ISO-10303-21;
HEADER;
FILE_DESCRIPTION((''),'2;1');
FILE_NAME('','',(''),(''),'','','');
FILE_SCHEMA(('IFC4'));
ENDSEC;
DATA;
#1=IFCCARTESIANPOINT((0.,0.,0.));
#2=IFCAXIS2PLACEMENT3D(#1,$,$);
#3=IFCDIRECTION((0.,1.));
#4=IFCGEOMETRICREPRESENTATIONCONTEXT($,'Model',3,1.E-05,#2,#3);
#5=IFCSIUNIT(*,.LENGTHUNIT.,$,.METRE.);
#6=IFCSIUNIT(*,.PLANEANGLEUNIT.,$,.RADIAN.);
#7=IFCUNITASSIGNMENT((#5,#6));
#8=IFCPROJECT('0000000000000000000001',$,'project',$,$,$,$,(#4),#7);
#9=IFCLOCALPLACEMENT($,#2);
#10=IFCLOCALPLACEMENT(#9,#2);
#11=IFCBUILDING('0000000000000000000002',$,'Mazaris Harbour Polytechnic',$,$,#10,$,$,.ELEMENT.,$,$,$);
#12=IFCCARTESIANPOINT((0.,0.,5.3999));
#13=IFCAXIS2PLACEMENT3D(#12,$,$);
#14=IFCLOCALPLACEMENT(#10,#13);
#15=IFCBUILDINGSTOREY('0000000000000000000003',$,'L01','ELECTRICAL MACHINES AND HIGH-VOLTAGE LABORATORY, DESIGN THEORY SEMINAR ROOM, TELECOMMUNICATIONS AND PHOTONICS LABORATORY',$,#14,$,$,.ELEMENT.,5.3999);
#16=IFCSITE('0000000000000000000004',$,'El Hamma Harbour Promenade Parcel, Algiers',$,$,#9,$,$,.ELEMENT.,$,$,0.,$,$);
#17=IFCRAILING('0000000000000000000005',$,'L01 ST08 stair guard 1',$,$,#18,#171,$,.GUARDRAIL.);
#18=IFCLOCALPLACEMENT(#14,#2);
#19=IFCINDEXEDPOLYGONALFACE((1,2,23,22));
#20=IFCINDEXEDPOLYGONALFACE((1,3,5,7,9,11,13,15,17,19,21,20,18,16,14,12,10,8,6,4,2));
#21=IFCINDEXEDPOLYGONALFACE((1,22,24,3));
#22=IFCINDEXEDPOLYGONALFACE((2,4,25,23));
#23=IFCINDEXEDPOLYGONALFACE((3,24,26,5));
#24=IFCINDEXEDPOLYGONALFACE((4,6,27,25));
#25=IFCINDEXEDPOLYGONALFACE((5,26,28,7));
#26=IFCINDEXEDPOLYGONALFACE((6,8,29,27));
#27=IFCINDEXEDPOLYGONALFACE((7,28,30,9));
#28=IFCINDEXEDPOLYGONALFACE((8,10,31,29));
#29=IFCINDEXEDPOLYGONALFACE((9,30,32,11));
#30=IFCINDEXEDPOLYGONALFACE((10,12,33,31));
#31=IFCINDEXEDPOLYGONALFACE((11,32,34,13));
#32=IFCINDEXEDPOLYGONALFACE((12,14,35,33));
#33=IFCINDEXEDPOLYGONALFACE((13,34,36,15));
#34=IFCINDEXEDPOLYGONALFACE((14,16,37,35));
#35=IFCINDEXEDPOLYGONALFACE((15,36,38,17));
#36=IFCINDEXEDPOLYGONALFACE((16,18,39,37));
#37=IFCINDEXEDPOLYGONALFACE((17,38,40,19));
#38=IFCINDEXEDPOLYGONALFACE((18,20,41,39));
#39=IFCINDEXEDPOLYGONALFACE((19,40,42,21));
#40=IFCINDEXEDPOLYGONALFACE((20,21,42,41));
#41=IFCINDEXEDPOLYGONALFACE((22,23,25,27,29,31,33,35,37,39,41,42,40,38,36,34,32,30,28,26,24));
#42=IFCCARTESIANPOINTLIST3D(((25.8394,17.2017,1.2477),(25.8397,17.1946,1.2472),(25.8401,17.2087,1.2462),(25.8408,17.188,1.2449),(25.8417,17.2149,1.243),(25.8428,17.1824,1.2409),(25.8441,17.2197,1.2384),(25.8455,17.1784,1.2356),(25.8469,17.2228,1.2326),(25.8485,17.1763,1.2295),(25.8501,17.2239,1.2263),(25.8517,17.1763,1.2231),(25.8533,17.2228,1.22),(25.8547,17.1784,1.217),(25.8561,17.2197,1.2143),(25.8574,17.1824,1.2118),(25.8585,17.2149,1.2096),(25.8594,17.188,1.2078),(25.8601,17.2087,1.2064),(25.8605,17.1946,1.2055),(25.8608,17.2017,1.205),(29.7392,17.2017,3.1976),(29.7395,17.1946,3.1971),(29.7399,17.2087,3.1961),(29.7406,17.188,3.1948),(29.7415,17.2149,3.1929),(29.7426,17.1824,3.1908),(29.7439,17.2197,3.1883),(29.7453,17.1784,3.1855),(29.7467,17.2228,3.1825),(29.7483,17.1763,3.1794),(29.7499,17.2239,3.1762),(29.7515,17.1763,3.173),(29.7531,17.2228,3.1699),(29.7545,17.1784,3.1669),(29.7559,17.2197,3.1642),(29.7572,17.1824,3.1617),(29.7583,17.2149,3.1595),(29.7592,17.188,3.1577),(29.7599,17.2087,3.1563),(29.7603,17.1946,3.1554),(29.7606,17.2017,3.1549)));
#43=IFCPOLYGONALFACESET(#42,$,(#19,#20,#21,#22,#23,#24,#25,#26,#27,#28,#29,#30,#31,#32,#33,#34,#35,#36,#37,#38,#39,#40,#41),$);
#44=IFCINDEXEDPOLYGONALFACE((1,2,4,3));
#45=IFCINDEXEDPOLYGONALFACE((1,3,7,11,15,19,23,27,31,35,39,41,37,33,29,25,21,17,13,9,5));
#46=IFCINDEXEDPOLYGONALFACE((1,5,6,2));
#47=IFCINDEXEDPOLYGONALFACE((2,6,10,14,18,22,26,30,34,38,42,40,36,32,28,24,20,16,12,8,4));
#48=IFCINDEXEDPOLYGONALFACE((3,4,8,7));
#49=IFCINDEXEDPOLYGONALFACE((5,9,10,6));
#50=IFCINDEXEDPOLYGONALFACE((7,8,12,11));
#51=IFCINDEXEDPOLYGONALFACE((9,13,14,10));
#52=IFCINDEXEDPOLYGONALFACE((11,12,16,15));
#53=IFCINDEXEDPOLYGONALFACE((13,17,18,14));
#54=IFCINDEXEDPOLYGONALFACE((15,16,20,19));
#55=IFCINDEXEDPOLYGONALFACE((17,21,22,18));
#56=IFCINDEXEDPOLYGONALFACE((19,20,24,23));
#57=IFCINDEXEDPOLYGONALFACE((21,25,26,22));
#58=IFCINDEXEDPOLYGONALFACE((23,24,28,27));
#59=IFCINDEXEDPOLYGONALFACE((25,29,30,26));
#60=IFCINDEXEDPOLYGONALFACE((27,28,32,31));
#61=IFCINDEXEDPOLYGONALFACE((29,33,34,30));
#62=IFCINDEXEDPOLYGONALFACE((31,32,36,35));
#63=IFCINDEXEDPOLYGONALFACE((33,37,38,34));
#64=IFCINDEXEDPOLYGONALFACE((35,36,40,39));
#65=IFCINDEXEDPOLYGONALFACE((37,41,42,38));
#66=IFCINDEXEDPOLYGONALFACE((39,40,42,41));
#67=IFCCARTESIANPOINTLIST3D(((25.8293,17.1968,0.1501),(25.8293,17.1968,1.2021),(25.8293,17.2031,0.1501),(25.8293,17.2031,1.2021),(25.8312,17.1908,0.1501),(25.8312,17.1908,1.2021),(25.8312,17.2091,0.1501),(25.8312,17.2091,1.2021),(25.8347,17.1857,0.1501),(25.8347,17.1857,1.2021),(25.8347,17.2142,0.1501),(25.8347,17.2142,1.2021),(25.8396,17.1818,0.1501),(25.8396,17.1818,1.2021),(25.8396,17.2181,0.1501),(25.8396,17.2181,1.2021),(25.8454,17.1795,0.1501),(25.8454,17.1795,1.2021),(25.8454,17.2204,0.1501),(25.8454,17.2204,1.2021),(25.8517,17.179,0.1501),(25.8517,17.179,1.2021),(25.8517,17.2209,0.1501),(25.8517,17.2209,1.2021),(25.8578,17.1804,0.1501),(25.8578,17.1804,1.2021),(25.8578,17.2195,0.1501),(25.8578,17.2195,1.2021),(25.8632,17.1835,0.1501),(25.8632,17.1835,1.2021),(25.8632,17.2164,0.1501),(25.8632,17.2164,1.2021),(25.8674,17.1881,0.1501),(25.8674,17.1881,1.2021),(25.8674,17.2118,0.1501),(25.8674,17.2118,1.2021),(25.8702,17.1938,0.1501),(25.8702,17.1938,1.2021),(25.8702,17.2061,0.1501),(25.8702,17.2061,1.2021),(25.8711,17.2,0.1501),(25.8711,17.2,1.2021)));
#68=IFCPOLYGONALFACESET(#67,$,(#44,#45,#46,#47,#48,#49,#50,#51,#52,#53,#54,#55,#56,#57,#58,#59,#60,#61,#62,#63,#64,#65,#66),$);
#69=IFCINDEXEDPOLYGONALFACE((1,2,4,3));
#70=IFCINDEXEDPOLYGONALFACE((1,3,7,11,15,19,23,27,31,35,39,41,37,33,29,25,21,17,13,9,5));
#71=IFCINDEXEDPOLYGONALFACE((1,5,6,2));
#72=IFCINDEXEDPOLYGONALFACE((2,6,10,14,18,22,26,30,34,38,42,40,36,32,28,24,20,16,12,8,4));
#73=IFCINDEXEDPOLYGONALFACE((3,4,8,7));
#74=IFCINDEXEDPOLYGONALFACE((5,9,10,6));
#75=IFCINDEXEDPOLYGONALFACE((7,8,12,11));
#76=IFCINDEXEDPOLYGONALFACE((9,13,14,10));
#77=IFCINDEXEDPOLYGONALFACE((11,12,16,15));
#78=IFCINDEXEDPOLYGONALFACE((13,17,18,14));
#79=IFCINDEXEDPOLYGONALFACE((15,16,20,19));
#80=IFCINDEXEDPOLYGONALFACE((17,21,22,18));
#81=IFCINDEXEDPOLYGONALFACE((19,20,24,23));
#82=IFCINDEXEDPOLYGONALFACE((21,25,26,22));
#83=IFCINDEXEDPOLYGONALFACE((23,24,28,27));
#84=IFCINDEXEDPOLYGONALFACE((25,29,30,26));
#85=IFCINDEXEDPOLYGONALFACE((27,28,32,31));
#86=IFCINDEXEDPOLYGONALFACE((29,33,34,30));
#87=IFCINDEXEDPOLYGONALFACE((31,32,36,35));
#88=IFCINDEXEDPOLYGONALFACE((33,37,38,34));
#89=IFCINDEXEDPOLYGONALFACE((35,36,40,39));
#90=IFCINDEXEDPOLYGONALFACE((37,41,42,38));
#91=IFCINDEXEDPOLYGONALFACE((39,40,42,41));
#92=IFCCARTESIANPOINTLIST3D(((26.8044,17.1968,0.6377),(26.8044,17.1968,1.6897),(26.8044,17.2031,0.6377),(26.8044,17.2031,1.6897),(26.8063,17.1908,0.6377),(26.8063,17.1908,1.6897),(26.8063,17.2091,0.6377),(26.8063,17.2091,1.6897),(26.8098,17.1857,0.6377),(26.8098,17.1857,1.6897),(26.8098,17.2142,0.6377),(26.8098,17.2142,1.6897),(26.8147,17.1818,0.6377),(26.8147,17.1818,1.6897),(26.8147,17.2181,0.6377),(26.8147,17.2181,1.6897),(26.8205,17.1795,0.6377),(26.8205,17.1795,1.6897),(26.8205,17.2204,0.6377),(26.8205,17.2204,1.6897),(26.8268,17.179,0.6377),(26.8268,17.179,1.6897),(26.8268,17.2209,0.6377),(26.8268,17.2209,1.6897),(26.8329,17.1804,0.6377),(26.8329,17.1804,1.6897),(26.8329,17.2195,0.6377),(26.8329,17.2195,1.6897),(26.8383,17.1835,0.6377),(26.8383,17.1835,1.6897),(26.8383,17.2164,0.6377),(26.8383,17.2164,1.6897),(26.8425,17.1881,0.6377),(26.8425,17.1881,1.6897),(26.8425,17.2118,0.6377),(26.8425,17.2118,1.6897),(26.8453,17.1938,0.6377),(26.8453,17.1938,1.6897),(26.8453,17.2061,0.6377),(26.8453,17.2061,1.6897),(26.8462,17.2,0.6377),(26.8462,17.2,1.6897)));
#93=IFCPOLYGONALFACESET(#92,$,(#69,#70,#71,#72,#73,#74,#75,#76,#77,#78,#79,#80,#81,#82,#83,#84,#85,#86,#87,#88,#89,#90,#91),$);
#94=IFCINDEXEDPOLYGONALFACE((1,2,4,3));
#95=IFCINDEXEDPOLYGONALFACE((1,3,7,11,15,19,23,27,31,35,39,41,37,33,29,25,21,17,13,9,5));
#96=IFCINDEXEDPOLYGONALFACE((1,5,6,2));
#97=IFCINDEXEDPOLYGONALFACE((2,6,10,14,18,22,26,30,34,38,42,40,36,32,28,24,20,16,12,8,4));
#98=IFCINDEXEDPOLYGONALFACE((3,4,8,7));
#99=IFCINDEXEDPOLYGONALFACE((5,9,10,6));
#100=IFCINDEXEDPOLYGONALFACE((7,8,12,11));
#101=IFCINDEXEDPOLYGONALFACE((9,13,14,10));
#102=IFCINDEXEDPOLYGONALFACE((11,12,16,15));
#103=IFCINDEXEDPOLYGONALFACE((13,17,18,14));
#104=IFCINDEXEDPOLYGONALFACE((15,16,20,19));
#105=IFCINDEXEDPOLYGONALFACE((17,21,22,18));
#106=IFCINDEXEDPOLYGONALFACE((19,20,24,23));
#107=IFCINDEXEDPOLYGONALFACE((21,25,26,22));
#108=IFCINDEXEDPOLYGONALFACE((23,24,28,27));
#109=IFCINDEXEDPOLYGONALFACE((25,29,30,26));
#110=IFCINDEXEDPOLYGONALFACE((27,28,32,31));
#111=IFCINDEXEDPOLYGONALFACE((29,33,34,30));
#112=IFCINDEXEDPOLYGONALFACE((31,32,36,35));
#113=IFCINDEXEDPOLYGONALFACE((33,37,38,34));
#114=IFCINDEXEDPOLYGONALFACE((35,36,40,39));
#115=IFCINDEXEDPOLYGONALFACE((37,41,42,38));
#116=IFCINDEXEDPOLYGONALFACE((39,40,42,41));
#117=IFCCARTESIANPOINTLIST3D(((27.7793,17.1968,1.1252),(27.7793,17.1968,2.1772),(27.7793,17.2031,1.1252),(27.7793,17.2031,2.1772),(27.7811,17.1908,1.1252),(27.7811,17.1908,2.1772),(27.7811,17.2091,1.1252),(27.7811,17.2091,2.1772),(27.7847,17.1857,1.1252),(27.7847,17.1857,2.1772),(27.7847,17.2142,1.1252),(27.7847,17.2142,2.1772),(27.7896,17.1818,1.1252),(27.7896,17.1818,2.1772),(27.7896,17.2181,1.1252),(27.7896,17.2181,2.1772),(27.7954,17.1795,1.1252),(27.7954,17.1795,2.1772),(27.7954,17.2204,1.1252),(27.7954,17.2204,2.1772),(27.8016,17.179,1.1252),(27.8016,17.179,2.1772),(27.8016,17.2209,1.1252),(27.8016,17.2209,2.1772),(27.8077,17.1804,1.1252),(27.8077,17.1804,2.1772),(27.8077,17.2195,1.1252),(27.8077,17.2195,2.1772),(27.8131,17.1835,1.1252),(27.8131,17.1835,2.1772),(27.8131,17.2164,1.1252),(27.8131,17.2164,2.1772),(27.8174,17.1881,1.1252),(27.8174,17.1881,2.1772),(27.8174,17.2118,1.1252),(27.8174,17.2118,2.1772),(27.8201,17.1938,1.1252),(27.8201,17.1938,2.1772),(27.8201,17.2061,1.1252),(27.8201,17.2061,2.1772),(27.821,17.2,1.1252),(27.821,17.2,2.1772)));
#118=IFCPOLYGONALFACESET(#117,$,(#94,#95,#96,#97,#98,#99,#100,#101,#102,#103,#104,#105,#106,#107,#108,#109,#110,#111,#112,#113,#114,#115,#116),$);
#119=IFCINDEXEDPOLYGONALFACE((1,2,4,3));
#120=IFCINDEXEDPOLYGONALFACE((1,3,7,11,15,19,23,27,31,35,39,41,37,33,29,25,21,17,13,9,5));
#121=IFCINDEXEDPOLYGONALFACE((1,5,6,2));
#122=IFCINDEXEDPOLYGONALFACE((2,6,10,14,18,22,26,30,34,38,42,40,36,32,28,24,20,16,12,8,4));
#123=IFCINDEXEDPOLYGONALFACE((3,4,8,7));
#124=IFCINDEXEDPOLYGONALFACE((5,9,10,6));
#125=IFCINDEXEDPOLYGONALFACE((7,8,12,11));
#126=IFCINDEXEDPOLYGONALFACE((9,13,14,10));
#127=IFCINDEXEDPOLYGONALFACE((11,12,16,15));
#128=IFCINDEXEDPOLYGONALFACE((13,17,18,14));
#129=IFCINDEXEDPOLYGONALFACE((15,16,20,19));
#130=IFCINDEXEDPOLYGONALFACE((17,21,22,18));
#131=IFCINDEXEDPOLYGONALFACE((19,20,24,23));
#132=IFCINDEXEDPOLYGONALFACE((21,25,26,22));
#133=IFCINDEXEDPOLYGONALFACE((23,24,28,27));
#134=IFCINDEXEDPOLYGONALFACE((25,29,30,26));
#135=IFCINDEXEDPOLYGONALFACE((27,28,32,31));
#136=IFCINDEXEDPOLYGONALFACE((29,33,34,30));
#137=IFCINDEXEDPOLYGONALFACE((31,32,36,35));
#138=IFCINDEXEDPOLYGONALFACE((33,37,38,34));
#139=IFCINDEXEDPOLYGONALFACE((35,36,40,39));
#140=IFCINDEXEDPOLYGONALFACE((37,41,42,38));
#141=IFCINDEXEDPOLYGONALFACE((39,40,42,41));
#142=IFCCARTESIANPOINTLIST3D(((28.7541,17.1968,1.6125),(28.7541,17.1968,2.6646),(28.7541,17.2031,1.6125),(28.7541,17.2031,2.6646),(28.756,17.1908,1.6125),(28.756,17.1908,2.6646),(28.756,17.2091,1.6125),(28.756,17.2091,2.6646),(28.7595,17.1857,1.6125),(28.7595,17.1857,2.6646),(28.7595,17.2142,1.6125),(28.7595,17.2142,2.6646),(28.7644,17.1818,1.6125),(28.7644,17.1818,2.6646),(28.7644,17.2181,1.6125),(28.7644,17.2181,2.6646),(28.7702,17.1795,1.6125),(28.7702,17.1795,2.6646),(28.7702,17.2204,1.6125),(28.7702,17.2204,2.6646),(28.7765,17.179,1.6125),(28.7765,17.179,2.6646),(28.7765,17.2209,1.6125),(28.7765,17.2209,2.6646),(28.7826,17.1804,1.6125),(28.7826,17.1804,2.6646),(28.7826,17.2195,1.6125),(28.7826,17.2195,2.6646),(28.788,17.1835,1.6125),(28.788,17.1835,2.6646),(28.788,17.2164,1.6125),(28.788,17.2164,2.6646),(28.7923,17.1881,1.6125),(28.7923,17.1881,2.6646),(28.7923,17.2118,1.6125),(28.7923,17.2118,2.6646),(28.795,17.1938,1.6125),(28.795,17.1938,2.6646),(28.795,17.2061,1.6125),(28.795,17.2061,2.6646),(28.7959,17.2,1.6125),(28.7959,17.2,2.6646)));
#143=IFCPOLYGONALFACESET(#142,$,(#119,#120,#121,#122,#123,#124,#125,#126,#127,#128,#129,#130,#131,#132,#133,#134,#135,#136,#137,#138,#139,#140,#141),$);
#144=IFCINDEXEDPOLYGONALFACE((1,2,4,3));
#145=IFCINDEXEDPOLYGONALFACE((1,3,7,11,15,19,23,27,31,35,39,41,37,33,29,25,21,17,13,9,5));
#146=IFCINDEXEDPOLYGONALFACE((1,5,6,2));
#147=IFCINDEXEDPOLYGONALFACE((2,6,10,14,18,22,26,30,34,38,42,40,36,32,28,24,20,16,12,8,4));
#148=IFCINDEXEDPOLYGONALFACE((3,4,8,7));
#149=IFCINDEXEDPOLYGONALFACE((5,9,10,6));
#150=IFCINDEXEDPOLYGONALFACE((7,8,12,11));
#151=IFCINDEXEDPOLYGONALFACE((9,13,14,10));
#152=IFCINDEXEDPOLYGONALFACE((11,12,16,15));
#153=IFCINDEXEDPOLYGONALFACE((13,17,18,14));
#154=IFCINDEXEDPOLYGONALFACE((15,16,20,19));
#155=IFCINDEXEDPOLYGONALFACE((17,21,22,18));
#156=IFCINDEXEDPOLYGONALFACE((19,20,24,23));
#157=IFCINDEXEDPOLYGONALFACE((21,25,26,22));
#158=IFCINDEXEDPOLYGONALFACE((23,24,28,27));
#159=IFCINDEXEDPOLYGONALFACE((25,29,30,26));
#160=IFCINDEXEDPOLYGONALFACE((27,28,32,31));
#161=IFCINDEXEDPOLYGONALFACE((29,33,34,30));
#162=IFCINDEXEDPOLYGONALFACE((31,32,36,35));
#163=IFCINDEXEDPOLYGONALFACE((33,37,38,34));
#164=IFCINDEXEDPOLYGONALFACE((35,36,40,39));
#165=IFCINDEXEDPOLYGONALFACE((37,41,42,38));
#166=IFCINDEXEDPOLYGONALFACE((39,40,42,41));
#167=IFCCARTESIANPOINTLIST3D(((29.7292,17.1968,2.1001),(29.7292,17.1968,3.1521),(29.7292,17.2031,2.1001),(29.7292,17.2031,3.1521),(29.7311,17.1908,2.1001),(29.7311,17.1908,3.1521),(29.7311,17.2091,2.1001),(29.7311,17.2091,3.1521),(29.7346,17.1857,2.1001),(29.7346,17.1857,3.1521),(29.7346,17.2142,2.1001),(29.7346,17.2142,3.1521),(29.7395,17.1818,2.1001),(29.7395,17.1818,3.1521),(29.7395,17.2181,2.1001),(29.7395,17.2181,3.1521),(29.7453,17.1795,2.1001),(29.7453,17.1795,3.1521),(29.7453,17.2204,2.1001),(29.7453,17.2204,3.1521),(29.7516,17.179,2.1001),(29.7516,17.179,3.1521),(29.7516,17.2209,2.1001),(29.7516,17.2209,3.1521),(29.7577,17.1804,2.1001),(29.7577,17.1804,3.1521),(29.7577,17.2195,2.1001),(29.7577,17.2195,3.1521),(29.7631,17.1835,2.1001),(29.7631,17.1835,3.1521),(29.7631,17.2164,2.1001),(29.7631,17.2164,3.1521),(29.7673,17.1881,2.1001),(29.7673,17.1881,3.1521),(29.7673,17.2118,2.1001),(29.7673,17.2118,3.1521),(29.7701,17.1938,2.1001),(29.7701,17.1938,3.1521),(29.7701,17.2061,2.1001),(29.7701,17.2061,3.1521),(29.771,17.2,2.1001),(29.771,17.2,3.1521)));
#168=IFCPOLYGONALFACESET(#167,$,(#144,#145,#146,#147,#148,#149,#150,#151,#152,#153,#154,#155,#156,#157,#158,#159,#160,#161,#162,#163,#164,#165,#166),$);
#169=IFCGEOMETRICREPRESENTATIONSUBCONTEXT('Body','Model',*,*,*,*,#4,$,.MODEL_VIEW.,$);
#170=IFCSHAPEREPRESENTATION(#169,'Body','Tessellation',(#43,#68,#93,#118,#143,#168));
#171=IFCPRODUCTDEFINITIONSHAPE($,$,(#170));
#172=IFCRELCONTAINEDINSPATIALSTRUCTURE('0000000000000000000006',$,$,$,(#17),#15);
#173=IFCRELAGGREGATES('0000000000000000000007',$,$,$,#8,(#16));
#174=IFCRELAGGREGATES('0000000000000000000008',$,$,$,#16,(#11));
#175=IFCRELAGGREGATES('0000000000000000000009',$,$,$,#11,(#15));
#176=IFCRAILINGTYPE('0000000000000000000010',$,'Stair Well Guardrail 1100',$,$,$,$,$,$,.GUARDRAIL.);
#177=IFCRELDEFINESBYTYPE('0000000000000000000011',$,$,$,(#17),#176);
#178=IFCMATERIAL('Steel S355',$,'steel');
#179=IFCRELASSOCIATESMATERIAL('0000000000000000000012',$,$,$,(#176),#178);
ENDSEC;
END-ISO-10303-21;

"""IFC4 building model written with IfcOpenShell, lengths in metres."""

from ifc_helpers import new_model, si_unit, direction, frame, origin, origin_2d, place, context, subcontext, project, spatial, circle, extrude, material, type_object, element, save


model = new_model("IFC4")

# Units and contexts
model_context = context("Model", 3, precision=1e-05, world=origin(), true_north=direction((0.0, 1.0)))
body_context = subcontext(model_context, "Body", "Model", "MODEL_VIEW")
ifc_project = project(units=[si_unit("LENGTHUNIT", "METRE"), si_unit("PLANEANGLEUNIT", "RADIAN")], contexts=[model_context])

# Site, building, storey
site_placement = place(None, origin())
site = spatial("IfcSite", under=ifc_project, at=site_placement, Name="El Hamma Harbour Promenade Parcel, Algiers", CompositionType="ELEMENT", RefElevation=0.0)
building_placement = place(site_placement, origin())
building = spatial("IfcBuilding", under=site, at=building_placement, Name="Mazaris Harbour Polytechnic", CompositionType="ELEMENT")
storey_placement = place(building_placement, frame((0.0, 0.0, 5.3999)))
storey = spatial("IfcBuildingStorey", under=building, at=storey_placement, Name="L01", Description="ELECTRICAL MACHINES AND HIGH-VOLTAGE LABORATORY, DESIGN THEORY SEMINAR ROOM, TELECOMMUNICATIONS AND PHOTONICS LABORATORY", CompositionType="ELEMENT", Elevation=5.3999)

# Railing
ifc_material_1 = material(Name="Steel S355", Category="steel")
railing_type_1 = type_object("IfcRailingType", Name="Stair Well Guardrail 1100", PredefinedType="GUARDRAIL", material=ifc_material_1)
railing_1_placement = place(storey_placement, frame((25.8501, 17.2, 0.1501)))
element("IfcRailing", 1, at=railing_1_placement, inside=storey, type_object=railing_type_1, Name="L01 ST08 stair guard 1", PredefinedType="GUARDRAIL", context=body_context, shape_type="SweptSolid", body=[
    extrude(circle(Radius=0.0239, at=origin_2d()), frame((0.0, 0.0, 1.0762), z_axis=(0.894427, 0.0, 0.447214), x_axis=(0.0, 1.0, 0.0)), (0.0, 0.0, 1.0), 4.3601),
    extrude(circle(Radius=0.021, at=origin_2d()), origin(), (0.0, 0.0, 1.0), 1.052),
    extrude(circle(Radius=0.021, at=origin_2d()), frame((0.9751, 0.0, 0.4875)), (0.0, 0.0, 1.0), 1.052),
    extrude(circle(Radius=0.021, at=origin_2d()), frame((1.95, 0.0, 0.9751)), (0.0, 0.0, 1.0), 1.052),
    extrude(circle(Radius=0.021, at=origin_2d()), frame((2.9248, 0.0, 1.4624)), (0.0, 0.0, 1.0), 1.052),
    extrude(circle(Radius=0.021, at=origin_2d()), frame((3.8999, 0.0, 1.95)), (0.0, 0.0, 1.0), 1.052),
])

save(model, "model.ifc")
